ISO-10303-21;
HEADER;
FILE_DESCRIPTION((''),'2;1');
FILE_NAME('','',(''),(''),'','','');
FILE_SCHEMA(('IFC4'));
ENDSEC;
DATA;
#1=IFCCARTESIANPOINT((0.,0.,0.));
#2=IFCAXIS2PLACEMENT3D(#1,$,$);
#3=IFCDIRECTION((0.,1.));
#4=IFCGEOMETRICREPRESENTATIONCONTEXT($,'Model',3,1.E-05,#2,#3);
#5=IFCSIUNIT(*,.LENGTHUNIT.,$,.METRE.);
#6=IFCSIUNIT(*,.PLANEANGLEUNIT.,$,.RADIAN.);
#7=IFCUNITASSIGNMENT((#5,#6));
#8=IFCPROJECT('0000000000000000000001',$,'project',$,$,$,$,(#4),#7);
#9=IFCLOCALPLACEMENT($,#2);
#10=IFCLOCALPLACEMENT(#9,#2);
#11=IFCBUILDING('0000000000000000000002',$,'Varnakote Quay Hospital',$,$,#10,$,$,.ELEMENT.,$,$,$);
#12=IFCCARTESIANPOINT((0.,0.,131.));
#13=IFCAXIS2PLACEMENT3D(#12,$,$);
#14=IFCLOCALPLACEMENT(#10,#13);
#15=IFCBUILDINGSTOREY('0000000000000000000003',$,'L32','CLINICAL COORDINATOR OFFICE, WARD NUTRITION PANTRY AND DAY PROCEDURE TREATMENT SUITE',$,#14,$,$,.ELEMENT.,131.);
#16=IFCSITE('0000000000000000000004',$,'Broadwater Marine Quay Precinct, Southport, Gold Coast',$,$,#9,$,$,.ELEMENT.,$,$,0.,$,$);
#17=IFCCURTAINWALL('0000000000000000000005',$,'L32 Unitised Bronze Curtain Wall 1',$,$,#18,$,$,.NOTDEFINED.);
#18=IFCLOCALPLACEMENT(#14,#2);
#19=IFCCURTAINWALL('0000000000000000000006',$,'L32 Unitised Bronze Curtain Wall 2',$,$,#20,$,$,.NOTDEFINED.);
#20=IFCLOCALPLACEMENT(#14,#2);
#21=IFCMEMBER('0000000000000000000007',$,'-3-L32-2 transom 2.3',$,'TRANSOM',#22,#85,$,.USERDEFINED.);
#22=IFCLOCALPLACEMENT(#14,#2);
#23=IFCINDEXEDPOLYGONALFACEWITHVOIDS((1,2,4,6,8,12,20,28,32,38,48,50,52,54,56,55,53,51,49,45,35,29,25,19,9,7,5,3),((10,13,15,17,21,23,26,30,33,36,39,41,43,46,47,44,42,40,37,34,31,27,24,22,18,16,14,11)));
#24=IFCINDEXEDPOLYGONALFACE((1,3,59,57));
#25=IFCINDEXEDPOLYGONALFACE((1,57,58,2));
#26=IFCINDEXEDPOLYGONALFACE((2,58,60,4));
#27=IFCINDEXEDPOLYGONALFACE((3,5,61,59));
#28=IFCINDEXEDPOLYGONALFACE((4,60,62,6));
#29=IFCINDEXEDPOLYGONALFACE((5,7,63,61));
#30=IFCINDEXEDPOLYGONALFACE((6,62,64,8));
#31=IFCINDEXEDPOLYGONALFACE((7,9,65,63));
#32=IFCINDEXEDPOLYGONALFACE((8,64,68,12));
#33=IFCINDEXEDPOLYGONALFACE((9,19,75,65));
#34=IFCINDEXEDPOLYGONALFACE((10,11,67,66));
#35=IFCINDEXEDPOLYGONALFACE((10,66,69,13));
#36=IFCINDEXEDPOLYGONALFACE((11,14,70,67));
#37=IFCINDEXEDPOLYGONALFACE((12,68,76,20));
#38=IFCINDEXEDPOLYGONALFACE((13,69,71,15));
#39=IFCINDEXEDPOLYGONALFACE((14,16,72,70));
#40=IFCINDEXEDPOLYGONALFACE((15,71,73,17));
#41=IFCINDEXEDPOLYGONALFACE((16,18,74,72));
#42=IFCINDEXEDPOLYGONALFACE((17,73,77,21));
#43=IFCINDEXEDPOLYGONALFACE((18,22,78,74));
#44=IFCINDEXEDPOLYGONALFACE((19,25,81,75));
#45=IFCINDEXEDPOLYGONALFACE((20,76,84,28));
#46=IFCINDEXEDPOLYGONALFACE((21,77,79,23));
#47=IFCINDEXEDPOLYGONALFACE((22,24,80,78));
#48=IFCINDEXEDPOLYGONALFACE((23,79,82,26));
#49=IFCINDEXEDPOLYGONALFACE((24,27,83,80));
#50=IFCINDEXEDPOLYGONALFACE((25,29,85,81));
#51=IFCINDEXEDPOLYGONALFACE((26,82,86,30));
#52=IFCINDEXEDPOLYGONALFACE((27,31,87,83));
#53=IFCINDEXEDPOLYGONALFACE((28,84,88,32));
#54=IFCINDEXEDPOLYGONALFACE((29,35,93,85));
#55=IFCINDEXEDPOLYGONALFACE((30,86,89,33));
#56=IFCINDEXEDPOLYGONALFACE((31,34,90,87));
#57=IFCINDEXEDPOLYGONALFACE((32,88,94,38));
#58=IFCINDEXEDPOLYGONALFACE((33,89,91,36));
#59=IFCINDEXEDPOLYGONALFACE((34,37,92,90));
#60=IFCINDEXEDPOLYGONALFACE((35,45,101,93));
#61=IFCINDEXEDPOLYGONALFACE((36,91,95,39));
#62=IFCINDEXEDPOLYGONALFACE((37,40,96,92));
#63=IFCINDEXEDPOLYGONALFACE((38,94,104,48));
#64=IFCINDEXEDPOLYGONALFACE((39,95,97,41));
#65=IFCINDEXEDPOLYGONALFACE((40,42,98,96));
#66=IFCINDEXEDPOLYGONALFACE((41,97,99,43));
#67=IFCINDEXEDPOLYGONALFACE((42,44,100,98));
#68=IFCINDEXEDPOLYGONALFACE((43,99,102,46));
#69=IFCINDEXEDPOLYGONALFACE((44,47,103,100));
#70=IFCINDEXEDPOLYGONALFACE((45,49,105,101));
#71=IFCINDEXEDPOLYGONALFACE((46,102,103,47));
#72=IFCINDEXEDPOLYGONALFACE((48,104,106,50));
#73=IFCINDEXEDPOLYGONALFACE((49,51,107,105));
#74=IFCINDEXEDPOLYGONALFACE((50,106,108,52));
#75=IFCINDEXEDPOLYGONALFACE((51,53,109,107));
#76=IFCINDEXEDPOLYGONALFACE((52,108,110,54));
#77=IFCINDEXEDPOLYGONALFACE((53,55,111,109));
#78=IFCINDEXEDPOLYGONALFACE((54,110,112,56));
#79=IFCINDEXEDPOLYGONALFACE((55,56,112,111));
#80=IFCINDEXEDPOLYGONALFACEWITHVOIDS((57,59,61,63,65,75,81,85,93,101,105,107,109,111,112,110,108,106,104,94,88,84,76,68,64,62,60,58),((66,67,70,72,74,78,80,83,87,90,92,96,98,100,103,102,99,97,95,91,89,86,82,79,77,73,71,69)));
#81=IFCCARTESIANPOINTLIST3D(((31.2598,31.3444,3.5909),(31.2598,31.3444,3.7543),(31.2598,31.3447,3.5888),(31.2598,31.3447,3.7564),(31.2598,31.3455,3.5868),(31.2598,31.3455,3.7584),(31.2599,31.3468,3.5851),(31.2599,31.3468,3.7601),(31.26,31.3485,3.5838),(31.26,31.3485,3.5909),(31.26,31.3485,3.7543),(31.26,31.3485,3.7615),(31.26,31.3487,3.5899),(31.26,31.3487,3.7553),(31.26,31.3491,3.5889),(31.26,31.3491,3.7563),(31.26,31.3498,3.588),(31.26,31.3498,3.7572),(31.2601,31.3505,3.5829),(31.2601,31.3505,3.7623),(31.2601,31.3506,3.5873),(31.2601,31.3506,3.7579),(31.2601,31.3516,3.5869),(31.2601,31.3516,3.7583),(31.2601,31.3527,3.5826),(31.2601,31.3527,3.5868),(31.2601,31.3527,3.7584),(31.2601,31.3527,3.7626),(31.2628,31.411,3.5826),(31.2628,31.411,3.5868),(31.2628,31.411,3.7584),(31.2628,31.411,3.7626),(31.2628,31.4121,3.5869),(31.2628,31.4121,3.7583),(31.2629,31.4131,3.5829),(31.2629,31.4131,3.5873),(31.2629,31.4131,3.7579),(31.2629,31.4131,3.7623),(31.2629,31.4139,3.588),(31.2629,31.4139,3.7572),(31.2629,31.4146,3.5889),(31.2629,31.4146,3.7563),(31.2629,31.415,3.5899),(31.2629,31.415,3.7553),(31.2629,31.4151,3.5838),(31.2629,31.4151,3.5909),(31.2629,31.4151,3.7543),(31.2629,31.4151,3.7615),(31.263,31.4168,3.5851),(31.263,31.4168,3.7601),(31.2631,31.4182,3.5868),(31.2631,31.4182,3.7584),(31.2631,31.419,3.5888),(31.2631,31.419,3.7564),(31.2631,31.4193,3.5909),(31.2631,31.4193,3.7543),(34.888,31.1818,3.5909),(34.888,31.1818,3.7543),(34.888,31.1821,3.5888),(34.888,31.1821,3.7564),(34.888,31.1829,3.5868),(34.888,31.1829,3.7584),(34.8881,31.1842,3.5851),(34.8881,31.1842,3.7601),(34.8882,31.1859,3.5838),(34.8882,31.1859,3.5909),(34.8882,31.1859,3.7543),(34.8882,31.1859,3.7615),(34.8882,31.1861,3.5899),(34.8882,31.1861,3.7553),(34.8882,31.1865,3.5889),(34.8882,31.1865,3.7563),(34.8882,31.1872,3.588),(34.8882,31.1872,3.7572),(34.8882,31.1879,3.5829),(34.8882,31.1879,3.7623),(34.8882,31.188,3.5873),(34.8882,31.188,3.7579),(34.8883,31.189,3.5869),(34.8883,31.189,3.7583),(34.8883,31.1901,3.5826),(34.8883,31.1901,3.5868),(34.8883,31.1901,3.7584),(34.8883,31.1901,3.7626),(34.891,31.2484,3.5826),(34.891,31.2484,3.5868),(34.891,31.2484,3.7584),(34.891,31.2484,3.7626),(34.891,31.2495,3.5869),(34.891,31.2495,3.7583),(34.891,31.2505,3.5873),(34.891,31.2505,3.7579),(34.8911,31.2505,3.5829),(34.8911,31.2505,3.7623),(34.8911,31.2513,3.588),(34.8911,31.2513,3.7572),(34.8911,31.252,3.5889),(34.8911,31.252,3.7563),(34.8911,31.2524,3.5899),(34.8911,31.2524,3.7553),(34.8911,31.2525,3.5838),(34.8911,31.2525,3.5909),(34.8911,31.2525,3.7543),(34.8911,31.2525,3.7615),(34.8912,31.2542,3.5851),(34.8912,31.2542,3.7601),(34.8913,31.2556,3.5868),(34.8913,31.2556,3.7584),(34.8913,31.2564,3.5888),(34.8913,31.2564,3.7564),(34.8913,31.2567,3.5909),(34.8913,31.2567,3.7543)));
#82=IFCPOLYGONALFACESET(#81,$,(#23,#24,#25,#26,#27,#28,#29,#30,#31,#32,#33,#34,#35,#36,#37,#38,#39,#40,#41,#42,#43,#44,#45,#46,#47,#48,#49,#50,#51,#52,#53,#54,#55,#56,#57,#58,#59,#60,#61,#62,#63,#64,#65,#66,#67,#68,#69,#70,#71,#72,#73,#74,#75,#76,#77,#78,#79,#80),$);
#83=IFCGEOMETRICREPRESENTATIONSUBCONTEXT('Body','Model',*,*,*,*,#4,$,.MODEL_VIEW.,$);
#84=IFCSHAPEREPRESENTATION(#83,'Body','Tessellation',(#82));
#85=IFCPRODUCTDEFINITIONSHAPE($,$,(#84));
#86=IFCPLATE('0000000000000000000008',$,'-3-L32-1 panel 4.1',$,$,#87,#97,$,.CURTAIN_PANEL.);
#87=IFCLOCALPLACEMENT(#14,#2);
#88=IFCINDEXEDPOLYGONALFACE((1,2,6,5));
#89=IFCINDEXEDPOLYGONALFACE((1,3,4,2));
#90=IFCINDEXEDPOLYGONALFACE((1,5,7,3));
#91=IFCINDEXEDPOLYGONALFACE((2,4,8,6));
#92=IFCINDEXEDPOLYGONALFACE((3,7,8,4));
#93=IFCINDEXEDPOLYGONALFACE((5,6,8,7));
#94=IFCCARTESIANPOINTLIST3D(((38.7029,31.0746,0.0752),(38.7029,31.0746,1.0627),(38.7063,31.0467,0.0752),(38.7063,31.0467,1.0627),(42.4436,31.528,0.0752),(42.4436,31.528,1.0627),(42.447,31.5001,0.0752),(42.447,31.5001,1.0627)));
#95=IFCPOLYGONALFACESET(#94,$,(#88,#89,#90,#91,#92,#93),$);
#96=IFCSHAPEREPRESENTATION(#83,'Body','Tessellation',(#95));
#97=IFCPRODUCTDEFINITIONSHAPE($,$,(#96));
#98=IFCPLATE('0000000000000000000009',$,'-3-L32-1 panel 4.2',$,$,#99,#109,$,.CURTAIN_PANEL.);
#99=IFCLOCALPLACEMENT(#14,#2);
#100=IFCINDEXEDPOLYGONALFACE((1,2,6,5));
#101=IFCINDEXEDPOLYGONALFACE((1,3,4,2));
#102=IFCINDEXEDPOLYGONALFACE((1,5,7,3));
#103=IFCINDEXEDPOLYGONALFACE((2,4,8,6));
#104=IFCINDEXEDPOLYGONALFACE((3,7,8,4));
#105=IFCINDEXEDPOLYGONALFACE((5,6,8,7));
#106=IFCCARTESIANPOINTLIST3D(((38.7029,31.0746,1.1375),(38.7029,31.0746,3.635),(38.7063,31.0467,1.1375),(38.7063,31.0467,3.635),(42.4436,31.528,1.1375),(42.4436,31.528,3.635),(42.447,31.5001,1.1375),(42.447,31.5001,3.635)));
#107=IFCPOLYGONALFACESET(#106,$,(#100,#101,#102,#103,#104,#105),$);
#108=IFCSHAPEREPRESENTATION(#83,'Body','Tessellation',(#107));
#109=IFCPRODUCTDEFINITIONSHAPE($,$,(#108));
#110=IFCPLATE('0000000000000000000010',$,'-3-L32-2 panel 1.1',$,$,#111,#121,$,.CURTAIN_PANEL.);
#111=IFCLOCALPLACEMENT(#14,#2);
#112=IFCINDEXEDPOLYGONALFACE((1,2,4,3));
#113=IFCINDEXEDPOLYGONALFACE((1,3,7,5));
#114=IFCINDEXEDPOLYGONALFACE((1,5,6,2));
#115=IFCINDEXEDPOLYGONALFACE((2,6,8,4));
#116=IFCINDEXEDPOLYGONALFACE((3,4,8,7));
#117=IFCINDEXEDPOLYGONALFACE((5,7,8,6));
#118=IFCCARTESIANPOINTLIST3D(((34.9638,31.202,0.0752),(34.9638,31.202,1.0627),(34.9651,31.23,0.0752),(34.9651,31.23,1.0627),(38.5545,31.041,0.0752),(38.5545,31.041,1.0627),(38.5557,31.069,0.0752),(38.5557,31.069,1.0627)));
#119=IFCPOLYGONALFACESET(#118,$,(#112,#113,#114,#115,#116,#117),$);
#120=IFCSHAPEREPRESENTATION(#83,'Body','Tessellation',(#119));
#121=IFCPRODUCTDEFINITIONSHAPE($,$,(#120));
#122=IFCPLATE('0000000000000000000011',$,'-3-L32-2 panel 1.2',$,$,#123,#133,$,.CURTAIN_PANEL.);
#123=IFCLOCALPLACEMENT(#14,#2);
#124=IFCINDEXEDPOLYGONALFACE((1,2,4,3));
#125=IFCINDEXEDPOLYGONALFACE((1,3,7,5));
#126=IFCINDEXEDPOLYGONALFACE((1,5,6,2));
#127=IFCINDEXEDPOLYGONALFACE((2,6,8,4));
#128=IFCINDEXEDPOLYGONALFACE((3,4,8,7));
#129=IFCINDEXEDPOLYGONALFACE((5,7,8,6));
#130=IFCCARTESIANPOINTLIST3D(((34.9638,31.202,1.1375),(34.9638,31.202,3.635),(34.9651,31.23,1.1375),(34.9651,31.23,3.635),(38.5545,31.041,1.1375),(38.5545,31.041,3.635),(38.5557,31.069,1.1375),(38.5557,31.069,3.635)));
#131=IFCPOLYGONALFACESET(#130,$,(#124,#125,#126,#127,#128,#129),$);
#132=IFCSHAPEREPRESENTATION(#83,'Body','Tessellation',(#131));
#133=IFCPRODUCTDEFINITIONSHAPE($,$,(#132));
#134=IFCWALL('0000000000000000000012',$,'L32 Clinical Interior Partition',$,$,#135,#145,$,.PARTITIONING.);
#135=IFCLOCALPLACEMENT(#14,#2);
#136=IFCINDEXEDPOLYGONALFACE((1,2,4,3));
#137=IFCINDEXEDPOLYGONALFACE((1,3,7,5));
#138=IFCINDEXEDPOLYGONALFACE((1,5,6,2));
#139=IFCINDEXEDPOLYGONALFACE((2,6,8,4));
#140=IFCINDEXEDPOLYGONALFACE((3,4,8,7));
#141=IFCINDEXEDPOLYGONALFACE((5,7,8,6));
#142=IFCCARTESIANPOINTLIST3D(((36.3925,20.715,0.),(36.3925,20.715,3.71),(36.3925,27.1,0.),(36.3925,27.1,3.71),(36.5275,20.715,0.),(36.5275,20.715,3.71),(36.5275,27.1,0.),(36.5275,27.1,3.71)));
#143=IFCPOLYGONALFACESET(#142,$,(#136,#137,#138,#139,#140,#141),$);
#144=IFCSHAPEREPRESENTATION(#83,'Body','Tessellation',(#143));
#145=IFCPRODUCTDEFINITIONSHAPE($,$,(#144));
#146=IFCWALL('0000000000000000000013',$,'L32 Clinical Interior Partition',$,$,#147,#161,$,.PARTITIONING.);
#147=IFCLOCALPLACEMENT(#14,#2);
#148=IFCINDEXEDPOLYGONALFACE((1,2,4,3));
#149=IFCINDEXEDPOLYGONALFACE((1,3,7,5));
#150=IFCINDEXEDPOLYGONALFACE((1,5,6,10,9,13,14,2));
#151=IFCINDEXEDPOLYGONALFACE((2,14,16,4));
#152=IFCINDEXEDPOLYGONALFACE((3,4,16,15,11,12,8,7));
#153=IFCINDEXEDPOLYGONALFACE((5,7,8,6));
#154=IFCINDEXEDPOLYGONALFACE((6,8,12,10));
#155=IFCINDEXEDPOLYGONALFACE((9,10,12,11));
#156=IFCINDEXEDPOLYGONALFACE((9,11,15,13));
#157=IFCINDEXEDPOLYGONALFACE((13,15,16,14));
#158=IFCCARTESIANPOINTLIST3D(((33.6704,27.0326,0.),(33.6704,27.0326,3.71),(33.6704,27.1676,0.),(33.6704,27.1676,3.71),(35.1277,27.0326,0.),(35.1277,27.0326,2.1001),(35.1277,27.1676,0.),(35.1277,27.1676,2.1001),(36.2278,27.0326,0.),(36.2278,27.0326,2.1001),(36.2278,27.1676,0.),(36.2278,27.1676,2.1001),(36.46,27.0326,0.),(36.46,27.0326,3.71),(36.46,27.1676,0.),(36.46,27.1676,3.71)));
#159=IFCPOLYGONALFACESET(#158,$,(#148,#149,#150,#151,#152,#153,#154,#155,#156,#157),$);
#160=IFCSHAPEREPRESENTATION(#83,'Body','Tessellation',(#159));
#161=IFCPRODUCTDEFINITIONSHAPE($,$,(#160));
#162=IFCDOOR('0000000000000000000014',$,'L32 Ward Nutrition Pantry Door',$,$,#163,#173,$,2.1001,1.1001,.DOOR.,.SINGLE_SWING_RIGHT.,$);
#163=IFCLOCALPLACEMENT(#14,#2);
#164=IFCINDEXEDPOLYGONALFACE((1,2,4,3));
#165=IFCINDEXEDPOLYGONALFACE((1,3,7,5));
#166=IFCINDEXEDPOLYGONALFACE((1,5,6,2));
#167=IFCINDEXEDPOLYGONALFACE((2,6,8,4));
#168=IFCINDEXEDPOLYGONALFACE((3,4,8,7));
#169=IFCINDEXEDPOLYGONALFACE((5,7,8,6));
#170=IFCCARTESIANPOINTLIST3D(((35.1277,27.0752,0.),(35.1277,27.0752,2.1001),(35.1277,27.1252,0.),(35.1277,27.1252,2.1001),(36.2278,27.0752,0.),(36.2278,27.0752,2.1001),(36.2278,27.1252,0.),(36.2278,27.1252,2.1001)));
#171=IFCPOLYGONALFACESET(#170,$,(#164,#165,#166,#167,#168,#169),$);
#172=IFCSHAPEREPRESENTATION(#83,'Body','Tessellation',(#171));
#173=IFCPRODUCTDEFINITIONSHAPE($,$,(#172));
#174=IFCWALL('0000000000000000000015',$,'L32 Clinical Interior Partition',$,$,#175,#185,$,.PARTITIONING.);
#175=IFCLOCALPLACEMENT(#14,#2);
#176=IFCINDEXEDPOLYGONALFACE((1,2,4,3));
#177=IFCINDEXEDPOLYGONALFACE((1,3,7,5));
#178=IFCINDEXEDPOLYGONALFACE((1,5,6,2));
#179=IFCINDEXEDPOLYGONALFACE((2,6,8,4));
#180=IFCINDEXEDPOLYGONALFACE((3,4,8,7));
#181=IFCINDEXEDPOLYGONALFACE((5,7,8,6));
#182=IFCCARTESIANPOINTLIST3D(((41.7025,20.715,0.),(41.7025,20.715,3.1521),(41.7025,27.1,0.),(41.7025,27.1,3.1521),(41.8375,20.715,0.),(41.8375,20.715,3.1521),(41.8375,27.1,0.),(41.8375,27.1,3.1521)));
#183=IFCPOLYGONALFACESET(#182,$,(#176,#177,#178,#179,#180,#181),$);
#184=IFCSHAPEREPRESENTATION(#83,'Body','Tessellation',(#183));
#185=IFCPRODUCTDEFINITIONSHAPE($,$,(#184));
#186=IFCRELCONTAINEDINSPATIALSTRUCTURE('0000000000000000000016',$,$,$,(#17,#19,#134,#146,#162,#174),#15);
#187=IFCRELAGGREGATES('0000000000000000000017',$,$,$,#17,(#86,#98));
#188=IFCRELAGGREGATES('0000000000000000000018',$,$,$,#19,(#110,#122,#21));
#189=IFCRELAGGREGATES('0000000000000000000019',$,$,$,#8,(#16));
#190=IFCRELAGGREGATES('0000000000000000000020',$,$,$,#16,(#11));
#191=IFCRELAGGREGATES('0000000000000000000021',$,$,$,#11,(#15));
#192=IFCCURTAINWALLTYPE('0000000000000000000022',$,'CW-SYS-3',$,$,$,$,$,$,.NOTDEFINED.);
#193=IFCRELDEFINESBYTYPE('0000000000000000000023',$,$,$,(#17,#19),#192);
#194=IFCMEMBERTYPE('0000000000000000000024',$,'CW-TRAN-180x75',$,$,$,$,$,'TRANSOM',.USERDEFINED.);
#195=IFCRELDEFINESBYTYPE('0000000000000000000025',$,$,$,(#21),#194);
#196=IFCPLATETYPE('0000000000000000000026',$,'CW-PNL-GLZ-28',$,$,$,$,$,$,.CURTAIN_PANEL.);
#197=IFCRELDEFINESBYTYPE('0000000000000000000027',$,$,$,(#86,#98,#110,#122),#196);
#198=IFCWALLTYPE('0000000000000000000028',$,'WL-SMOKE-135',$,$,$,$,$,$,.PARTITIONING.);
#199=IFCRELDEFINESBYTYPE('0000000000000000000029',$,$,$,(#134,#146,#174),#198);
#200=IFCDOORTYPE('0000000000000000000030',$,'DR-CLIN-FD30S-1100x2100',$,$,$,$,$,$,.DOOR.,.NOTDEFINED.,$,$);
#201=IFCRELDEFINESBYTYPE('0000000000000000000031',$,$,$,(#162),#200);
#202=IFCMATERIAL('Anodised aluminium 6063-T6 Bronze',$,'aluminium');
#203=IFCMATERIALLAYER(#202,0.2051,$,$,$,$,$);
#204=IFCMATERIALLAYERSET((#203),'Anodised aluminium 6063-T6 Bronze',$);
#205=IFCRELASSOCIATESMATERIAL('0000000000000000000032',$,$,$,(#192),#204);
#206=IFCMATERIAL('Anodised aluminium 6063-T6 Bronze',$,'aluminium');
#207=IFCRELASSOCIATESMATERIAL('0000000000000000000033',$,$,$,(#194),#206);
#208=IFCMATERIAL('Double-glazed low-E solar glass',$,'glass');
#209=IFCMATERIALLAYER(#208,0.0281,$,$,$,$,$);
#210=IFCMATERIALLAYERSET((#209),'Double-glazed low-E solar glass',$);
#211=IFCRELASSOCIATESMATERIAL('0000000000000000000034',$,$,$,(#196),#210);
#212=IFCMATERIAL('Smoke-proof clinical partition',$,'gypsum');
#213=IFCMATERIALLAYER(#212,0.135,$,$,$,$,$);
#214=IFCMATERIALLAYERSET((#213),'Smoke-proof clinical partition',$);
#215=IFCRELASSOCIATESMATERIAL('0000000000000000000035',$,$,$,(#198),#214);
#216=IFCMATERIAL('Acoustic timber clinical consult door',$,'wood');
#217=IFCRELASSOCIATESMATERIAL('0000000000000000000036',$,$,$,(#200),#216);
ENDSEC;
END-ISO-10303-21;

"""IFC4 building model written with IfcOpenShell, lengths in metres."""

from ifc_helpers import new_model, si_unit, direction, frame, frame_2d, origin, origin_2d, place, context, subcontext, project, spatial, rectangle, hollow_rectangle, extrude, material, layer, layer_set, material_profile, profile_set, type_object, element, fill, aggregate, save


model = new_model("IFC4")

# Units and contexts
model_context = context("Model", 3, precision=1e-05, world=origin(), true_north=direction((0.0, 1.0)))
body_context = subcontext(model_context, "Body", "Model", "MODEL_VIEW")
ifc_project = project(units=[si_unit("LENGTHUNIT", "METRE"), si_unit("PLANEANGLEUNIT", "RADIAN")], contexts=[model_context])

# Site, building, storey
site_placement = place(None, origin())
site = spatial("IfcSite", under=ifc_project, at=site_placement, Name="Broadwater Marine Quay Precinct, Southport, Gold Coast", CompositionType="ELEMENT", RefElevation=0.0)
building_placement = place(site_placement, origin())
building = spatial("IfcBuilding", under=site, at=building_placement, Name="Varnakote Quay Hospital", CompositionType="ELEMENT")
storey_placement = place(building_placement, frame((0.0, 0.0, 131.0)))
storey = spatial("IfcBuildingStorey", under=building, at=storey_placement, Name="L32", Description="CLINICAL COORDINATOR OFFICE, WARD NUTRITION PANTRY AND DAY PROCEDURE TREATMENT SUITE", CompositionType="ELEMENT", Elevation=131.0)

# Curtain wall
ifc_material_1 = material(Name="Anodised aluminium 6063-T6 Bronze", Category="aluminium")
ifc_layer_1 = layer(ifc_material_1, 0.2051)
ifc_layer_set_1 = layer_set([ifc_layer_1], Name="Anodised aluminium 6063-T6 Bronze")
curtain_wall_type = type_object("IfcCurtainWallType", Name="CW-SYS-3", PredefinedType="NOTDEFINED", material=ifc_layer_set_1)
curtain_wall_1_placement = place(storey_placement, origin())
curtain_wall_1 = element("IfcCurtainWall", 1, at=curtain_wall_1_placement, inside=storey, type_object=curtain_wall_type, Name="L32 Unitised Bronze Curtain Wall 1", PredefinedType="NOTDEFINED")

# Curtain wall, member
curtain_wall_2_placement = place(storey_placement, origin())
curtain_wall_2 = element("IfcCurtainWall", 2, at=curtain_wall_2_placement, inside=storey, type_object=curtain_wall_type, Name="L32 Unitised Bronze Curtain Wall 2", PredefinedType="NOTDEFINED")
ifc_material_2 = material(Name="Anodised aluminium 6063-T6 Bronze", Category="aluminium")
ifc_material_profile_1 = material_profile(ifc_material_2, hollow_rectangle(XDim=0.075, YDim=0.1799, WallThickness=0.0042, InnerFilletRadius=0.0042, OuterFilletRadius=0.0083, at=origin_2d()), Name="CW-TRAN-180x75")
ifc_profile_set_1 = profile_set([ifc_material_profile_1], Name="Anodised aluminium 6063-T6 Bronze")
member_type_1 = type_object("IfcMemberType", Name="CW-TRAN-180x75", ElementType="TRANSOM", PredefinedType="USERDEFINED", material=ifc_profile_set_1)
member_1_placement = place(storey_placement, frame((34.8896, 31.2192, 3.6726), z_axis=(-0.998997, 0.04477, 0.0), x_axis=(-0.04477, -0.998997, 0.0)))
member_1 = element("IfcMember", 3, at=member_1_placement, type_object=member_type_1, Name="-3-L32-2 transom 2.3", ObjectType="TRANSOM", PredefinedType="USERDEFINED", context=body_context, shape_type="SweptSolid", body=[
    extrude(hollow_rectangle(XDim=0.075, YDim=0.1799, WallThickness=0.0042, InnerFilletRadius=0.0042, OuterFilletRadius=0.0083, at=origin_2d()), origin(), (0.0, 0.0, 1.0), 3.6318),
])

# Plates
ifc_material_3 = material(Name="Double-glazed low-E solar glass", Category="glass")
ifc_layer_2 = layer(ifc_material_3, 0.0281)
ifc_layer_set_2 = layer_set([ifc_layer_2], Name="Double-glazed low-E solar glass")
plate_type = type_object("IfcPlateType", Name="CW-PNL-GLZ-28", PredefinedType="CURTAIN_PANEL", material=ifc_layer_set_2)
plate_1_placement = place(storey_placement, frame((40.575, 31.2874, 0.0752), z_axis=(0.0, 0.0, 1.0), x_axis=(-0.992734, -0.120327, 0.0)))
plate_1 = element("IfcPlate", 4, at=plate_1_placement, type_object=plate_type, Name="-3-L32-1 panel 4.1", PredefinedType="CURTAIN_PANEL", context=body_context, shape_type="SweptSolid", body=[
    extrude(rectangle(XDim=3.7681, YDim=0.0281, at=origin_2d()), origin(), (0.0, 0.0, 1.0), 0.9875),
])
plate_2_placement = place(storey_placement, frame((40.575, 31.2874, 1.1375), z_axis=(0.0, 0.0, 1.0), x_axis=(-0.992734, -0.120327, 0.0)))
plate_2 = element("IfcPlate", 5, at=plate_2_placement, type_object=plate_type, Name="-3-L32-1 panel 4.2", PredefinedType="CURTAIN_PANEL", context=body_context, shape_type="SweptSolid", body=[
    extrude(rectangle(XDim=3.7681, YDim=0.0281, at=origin_2d()), origin(), (0.0, 0.0, 1.0), 2.4976),
])
aggregate(curtain_wall_1, [plate_1, plate_2])
plate_3_placement = place(storey_placement, frame((36.7598, 31.1355, 0.0752), z_axis=(0.0, 0.0, 1.0), x_axis=(-0.998997, 0.044782, 0.0)))
plate_3 = element("IfcPlate", 6, at=plate_3_placement, type_object=plate_type, Name="-3-L32-2 panel 1.1", PredefinedType="CURTAIN_PANEL", context=body_context, shape_type="SweptSolid", body=[
    extrude(rectangle(XDim=3.5942, YDim=0.0281, at=origin_2d()), origin(), (0.0, 0.0, 1.0), 0.9875),
])
plate_4_placement = place(storey_placement, frame((36.7598, 31.1355, 1.1375), z_axis=(0.0, 0.0, 1.0), x_axis=(-0.998997, 0.044782, 0.0)))
plate_4 = element("IfcPlate", 7, at=plate_4_placement, type_object=plate_type, Name="-3-L32-2 panel 1.2", PredefinedType="CURTAIN_PANEL", context=body_context, shape_type="SweptSolid", body=[
    extrude(rectangle(XDim=3.5942, YDim=0.0281, at=origin_2d()), origin(), (0.0, 0.0, 1.0), 2.4976),
])
aggregate(curtain_wall_2, [plate_3, plate_4, member_1])

# Wall
ifc_material_4 = material(Name="Smoke-proof clinical partition", Category="gypsum")
ifc_layer_3 = layer(ifc_material_4, 0.135)
ifc_layer_set_3 = layer_set([ifc_layer_3], Name="Smoke-proof clinical partition")
wall_type = type_object("IfcWallType", Name="WL-SMOKE-135", PredefinedType="PARTITIONING", material=ifc_layer_set_3)
wall_1_placement = place(storey_placement, frame((36.46, 20.7151, 0.0), z_axis=(0.0, 0.0, 1.0), x_axis=(0.0, 1.0, 0.0)))
element("IfcWall", 8, at=wall_1_placement, inside=storey, type_object=wall_type, Name="L32 Clinical Interior Partition", PredefinedType="PARTITIONING", context=body_context, shape_type="SweptSolid", body=[
    extrude(rectangle(XDim=6.385, YDim=0.135, at=frame_2d((3.1924, 0.0))), origin(), (0.0, 0.0, 1.0), 3.71),
])

# Wall, opening, door
wall_2_placement = place(storey_placement, frame((36.46, 27.1001, 0.0), z_axis=(0.0, 0.0, 1.0), x_axis=(-1.0, 0.0, 0.0)))
wall_2 = element("IfcWall", 9, at=wall_2_placement, inside=storey, type_object=wall_type, Name="L32 Clinical Interior Partition", PredefinedType="PARTITIONING", context=body_context, shape_type="SweptSolid", body=[
    extrude(rectangle(XDim=2.7896, YDim=0.135, at=frame_2d((1.3948, 0.0))), origin(), (0.0, 0.0, 1.0), 3.71),
])
opening_placement = place(wall_2_placement, frame((0.2322, 0.0, 0.0)))
opening = element("IfcOpeningElement", 10, at=opening_placement, cuts=wall_2, PredefinedType="OPENING", context=body_context, shape_type="SweptSolid", body=[
    extrude(rectangle(XDim=1.1001, YDim=2.1001, at=frame_2d((0.55, 1.05))), frame((0.0, 0.0774, 0.0), z_axis=(0.0, -1.0, 0.0), x_axis=(1.0, 0.0, 0.0)), (0.0, 0.0, 1.0), 0.155),
])
ifc_material_5 = material(Name="Acoustic timber clinical consult door", Category="wood")
door_type = type_object("IfcDoorType", Name="DR-CLIN-FD30S-1100x2100", OperationType="NOTDEFINED", PredefinedType="DOOR", material=ifc_material_5)
door_placement = place(opening_placement, origin())
door = element("IfcDoor", 11, at=door_placement, inside=storey, type_object=door_type, Name="L32 Ward Nutrition Pantry Door", OperationType="SINGLE_SWING_RIGHT", OverallHeight=2.1001, OverallWidth=1.1001, PredefinedType="DOOR", context=body_context, shape_type="SweptSolid", body=[
    extrude(rectangle(XDim=1.1001, YDim=2.1001, at=frame_2d((0.55, 1.05))), frame((0.0, 0.0249, 0.0), z_axis=(0.0, -1.0, 0.0), x_axis=(1.0, 0.0, 0.0)), (0.0, 0.0, 1.0), 0.05),
])
fill(opening, door)

# Wall
wall_3_placement = place(storey_placement, frame((41.77, 20.7151, 0.0), z_axis=(0.0, 0.0, 1.0), x_axis=(0.0, 1.0, 0.0)))
element("IfcWall", 12, at=wall_3_placement, inside=storey, type_object=wall_type, Name="L32 Clinical Interior Partition", PredefinedType="PARTITIONING", context=body_context, shape_type="SweptSolid", body=[
    extrude(rectangle(XDim=6.385, YDim=0.135, at=frame_2d((3.1924, 0.0))), origin(), (0.0, 0.0, 1.0), 3.1521),
])

save(model, "model.ifc")
